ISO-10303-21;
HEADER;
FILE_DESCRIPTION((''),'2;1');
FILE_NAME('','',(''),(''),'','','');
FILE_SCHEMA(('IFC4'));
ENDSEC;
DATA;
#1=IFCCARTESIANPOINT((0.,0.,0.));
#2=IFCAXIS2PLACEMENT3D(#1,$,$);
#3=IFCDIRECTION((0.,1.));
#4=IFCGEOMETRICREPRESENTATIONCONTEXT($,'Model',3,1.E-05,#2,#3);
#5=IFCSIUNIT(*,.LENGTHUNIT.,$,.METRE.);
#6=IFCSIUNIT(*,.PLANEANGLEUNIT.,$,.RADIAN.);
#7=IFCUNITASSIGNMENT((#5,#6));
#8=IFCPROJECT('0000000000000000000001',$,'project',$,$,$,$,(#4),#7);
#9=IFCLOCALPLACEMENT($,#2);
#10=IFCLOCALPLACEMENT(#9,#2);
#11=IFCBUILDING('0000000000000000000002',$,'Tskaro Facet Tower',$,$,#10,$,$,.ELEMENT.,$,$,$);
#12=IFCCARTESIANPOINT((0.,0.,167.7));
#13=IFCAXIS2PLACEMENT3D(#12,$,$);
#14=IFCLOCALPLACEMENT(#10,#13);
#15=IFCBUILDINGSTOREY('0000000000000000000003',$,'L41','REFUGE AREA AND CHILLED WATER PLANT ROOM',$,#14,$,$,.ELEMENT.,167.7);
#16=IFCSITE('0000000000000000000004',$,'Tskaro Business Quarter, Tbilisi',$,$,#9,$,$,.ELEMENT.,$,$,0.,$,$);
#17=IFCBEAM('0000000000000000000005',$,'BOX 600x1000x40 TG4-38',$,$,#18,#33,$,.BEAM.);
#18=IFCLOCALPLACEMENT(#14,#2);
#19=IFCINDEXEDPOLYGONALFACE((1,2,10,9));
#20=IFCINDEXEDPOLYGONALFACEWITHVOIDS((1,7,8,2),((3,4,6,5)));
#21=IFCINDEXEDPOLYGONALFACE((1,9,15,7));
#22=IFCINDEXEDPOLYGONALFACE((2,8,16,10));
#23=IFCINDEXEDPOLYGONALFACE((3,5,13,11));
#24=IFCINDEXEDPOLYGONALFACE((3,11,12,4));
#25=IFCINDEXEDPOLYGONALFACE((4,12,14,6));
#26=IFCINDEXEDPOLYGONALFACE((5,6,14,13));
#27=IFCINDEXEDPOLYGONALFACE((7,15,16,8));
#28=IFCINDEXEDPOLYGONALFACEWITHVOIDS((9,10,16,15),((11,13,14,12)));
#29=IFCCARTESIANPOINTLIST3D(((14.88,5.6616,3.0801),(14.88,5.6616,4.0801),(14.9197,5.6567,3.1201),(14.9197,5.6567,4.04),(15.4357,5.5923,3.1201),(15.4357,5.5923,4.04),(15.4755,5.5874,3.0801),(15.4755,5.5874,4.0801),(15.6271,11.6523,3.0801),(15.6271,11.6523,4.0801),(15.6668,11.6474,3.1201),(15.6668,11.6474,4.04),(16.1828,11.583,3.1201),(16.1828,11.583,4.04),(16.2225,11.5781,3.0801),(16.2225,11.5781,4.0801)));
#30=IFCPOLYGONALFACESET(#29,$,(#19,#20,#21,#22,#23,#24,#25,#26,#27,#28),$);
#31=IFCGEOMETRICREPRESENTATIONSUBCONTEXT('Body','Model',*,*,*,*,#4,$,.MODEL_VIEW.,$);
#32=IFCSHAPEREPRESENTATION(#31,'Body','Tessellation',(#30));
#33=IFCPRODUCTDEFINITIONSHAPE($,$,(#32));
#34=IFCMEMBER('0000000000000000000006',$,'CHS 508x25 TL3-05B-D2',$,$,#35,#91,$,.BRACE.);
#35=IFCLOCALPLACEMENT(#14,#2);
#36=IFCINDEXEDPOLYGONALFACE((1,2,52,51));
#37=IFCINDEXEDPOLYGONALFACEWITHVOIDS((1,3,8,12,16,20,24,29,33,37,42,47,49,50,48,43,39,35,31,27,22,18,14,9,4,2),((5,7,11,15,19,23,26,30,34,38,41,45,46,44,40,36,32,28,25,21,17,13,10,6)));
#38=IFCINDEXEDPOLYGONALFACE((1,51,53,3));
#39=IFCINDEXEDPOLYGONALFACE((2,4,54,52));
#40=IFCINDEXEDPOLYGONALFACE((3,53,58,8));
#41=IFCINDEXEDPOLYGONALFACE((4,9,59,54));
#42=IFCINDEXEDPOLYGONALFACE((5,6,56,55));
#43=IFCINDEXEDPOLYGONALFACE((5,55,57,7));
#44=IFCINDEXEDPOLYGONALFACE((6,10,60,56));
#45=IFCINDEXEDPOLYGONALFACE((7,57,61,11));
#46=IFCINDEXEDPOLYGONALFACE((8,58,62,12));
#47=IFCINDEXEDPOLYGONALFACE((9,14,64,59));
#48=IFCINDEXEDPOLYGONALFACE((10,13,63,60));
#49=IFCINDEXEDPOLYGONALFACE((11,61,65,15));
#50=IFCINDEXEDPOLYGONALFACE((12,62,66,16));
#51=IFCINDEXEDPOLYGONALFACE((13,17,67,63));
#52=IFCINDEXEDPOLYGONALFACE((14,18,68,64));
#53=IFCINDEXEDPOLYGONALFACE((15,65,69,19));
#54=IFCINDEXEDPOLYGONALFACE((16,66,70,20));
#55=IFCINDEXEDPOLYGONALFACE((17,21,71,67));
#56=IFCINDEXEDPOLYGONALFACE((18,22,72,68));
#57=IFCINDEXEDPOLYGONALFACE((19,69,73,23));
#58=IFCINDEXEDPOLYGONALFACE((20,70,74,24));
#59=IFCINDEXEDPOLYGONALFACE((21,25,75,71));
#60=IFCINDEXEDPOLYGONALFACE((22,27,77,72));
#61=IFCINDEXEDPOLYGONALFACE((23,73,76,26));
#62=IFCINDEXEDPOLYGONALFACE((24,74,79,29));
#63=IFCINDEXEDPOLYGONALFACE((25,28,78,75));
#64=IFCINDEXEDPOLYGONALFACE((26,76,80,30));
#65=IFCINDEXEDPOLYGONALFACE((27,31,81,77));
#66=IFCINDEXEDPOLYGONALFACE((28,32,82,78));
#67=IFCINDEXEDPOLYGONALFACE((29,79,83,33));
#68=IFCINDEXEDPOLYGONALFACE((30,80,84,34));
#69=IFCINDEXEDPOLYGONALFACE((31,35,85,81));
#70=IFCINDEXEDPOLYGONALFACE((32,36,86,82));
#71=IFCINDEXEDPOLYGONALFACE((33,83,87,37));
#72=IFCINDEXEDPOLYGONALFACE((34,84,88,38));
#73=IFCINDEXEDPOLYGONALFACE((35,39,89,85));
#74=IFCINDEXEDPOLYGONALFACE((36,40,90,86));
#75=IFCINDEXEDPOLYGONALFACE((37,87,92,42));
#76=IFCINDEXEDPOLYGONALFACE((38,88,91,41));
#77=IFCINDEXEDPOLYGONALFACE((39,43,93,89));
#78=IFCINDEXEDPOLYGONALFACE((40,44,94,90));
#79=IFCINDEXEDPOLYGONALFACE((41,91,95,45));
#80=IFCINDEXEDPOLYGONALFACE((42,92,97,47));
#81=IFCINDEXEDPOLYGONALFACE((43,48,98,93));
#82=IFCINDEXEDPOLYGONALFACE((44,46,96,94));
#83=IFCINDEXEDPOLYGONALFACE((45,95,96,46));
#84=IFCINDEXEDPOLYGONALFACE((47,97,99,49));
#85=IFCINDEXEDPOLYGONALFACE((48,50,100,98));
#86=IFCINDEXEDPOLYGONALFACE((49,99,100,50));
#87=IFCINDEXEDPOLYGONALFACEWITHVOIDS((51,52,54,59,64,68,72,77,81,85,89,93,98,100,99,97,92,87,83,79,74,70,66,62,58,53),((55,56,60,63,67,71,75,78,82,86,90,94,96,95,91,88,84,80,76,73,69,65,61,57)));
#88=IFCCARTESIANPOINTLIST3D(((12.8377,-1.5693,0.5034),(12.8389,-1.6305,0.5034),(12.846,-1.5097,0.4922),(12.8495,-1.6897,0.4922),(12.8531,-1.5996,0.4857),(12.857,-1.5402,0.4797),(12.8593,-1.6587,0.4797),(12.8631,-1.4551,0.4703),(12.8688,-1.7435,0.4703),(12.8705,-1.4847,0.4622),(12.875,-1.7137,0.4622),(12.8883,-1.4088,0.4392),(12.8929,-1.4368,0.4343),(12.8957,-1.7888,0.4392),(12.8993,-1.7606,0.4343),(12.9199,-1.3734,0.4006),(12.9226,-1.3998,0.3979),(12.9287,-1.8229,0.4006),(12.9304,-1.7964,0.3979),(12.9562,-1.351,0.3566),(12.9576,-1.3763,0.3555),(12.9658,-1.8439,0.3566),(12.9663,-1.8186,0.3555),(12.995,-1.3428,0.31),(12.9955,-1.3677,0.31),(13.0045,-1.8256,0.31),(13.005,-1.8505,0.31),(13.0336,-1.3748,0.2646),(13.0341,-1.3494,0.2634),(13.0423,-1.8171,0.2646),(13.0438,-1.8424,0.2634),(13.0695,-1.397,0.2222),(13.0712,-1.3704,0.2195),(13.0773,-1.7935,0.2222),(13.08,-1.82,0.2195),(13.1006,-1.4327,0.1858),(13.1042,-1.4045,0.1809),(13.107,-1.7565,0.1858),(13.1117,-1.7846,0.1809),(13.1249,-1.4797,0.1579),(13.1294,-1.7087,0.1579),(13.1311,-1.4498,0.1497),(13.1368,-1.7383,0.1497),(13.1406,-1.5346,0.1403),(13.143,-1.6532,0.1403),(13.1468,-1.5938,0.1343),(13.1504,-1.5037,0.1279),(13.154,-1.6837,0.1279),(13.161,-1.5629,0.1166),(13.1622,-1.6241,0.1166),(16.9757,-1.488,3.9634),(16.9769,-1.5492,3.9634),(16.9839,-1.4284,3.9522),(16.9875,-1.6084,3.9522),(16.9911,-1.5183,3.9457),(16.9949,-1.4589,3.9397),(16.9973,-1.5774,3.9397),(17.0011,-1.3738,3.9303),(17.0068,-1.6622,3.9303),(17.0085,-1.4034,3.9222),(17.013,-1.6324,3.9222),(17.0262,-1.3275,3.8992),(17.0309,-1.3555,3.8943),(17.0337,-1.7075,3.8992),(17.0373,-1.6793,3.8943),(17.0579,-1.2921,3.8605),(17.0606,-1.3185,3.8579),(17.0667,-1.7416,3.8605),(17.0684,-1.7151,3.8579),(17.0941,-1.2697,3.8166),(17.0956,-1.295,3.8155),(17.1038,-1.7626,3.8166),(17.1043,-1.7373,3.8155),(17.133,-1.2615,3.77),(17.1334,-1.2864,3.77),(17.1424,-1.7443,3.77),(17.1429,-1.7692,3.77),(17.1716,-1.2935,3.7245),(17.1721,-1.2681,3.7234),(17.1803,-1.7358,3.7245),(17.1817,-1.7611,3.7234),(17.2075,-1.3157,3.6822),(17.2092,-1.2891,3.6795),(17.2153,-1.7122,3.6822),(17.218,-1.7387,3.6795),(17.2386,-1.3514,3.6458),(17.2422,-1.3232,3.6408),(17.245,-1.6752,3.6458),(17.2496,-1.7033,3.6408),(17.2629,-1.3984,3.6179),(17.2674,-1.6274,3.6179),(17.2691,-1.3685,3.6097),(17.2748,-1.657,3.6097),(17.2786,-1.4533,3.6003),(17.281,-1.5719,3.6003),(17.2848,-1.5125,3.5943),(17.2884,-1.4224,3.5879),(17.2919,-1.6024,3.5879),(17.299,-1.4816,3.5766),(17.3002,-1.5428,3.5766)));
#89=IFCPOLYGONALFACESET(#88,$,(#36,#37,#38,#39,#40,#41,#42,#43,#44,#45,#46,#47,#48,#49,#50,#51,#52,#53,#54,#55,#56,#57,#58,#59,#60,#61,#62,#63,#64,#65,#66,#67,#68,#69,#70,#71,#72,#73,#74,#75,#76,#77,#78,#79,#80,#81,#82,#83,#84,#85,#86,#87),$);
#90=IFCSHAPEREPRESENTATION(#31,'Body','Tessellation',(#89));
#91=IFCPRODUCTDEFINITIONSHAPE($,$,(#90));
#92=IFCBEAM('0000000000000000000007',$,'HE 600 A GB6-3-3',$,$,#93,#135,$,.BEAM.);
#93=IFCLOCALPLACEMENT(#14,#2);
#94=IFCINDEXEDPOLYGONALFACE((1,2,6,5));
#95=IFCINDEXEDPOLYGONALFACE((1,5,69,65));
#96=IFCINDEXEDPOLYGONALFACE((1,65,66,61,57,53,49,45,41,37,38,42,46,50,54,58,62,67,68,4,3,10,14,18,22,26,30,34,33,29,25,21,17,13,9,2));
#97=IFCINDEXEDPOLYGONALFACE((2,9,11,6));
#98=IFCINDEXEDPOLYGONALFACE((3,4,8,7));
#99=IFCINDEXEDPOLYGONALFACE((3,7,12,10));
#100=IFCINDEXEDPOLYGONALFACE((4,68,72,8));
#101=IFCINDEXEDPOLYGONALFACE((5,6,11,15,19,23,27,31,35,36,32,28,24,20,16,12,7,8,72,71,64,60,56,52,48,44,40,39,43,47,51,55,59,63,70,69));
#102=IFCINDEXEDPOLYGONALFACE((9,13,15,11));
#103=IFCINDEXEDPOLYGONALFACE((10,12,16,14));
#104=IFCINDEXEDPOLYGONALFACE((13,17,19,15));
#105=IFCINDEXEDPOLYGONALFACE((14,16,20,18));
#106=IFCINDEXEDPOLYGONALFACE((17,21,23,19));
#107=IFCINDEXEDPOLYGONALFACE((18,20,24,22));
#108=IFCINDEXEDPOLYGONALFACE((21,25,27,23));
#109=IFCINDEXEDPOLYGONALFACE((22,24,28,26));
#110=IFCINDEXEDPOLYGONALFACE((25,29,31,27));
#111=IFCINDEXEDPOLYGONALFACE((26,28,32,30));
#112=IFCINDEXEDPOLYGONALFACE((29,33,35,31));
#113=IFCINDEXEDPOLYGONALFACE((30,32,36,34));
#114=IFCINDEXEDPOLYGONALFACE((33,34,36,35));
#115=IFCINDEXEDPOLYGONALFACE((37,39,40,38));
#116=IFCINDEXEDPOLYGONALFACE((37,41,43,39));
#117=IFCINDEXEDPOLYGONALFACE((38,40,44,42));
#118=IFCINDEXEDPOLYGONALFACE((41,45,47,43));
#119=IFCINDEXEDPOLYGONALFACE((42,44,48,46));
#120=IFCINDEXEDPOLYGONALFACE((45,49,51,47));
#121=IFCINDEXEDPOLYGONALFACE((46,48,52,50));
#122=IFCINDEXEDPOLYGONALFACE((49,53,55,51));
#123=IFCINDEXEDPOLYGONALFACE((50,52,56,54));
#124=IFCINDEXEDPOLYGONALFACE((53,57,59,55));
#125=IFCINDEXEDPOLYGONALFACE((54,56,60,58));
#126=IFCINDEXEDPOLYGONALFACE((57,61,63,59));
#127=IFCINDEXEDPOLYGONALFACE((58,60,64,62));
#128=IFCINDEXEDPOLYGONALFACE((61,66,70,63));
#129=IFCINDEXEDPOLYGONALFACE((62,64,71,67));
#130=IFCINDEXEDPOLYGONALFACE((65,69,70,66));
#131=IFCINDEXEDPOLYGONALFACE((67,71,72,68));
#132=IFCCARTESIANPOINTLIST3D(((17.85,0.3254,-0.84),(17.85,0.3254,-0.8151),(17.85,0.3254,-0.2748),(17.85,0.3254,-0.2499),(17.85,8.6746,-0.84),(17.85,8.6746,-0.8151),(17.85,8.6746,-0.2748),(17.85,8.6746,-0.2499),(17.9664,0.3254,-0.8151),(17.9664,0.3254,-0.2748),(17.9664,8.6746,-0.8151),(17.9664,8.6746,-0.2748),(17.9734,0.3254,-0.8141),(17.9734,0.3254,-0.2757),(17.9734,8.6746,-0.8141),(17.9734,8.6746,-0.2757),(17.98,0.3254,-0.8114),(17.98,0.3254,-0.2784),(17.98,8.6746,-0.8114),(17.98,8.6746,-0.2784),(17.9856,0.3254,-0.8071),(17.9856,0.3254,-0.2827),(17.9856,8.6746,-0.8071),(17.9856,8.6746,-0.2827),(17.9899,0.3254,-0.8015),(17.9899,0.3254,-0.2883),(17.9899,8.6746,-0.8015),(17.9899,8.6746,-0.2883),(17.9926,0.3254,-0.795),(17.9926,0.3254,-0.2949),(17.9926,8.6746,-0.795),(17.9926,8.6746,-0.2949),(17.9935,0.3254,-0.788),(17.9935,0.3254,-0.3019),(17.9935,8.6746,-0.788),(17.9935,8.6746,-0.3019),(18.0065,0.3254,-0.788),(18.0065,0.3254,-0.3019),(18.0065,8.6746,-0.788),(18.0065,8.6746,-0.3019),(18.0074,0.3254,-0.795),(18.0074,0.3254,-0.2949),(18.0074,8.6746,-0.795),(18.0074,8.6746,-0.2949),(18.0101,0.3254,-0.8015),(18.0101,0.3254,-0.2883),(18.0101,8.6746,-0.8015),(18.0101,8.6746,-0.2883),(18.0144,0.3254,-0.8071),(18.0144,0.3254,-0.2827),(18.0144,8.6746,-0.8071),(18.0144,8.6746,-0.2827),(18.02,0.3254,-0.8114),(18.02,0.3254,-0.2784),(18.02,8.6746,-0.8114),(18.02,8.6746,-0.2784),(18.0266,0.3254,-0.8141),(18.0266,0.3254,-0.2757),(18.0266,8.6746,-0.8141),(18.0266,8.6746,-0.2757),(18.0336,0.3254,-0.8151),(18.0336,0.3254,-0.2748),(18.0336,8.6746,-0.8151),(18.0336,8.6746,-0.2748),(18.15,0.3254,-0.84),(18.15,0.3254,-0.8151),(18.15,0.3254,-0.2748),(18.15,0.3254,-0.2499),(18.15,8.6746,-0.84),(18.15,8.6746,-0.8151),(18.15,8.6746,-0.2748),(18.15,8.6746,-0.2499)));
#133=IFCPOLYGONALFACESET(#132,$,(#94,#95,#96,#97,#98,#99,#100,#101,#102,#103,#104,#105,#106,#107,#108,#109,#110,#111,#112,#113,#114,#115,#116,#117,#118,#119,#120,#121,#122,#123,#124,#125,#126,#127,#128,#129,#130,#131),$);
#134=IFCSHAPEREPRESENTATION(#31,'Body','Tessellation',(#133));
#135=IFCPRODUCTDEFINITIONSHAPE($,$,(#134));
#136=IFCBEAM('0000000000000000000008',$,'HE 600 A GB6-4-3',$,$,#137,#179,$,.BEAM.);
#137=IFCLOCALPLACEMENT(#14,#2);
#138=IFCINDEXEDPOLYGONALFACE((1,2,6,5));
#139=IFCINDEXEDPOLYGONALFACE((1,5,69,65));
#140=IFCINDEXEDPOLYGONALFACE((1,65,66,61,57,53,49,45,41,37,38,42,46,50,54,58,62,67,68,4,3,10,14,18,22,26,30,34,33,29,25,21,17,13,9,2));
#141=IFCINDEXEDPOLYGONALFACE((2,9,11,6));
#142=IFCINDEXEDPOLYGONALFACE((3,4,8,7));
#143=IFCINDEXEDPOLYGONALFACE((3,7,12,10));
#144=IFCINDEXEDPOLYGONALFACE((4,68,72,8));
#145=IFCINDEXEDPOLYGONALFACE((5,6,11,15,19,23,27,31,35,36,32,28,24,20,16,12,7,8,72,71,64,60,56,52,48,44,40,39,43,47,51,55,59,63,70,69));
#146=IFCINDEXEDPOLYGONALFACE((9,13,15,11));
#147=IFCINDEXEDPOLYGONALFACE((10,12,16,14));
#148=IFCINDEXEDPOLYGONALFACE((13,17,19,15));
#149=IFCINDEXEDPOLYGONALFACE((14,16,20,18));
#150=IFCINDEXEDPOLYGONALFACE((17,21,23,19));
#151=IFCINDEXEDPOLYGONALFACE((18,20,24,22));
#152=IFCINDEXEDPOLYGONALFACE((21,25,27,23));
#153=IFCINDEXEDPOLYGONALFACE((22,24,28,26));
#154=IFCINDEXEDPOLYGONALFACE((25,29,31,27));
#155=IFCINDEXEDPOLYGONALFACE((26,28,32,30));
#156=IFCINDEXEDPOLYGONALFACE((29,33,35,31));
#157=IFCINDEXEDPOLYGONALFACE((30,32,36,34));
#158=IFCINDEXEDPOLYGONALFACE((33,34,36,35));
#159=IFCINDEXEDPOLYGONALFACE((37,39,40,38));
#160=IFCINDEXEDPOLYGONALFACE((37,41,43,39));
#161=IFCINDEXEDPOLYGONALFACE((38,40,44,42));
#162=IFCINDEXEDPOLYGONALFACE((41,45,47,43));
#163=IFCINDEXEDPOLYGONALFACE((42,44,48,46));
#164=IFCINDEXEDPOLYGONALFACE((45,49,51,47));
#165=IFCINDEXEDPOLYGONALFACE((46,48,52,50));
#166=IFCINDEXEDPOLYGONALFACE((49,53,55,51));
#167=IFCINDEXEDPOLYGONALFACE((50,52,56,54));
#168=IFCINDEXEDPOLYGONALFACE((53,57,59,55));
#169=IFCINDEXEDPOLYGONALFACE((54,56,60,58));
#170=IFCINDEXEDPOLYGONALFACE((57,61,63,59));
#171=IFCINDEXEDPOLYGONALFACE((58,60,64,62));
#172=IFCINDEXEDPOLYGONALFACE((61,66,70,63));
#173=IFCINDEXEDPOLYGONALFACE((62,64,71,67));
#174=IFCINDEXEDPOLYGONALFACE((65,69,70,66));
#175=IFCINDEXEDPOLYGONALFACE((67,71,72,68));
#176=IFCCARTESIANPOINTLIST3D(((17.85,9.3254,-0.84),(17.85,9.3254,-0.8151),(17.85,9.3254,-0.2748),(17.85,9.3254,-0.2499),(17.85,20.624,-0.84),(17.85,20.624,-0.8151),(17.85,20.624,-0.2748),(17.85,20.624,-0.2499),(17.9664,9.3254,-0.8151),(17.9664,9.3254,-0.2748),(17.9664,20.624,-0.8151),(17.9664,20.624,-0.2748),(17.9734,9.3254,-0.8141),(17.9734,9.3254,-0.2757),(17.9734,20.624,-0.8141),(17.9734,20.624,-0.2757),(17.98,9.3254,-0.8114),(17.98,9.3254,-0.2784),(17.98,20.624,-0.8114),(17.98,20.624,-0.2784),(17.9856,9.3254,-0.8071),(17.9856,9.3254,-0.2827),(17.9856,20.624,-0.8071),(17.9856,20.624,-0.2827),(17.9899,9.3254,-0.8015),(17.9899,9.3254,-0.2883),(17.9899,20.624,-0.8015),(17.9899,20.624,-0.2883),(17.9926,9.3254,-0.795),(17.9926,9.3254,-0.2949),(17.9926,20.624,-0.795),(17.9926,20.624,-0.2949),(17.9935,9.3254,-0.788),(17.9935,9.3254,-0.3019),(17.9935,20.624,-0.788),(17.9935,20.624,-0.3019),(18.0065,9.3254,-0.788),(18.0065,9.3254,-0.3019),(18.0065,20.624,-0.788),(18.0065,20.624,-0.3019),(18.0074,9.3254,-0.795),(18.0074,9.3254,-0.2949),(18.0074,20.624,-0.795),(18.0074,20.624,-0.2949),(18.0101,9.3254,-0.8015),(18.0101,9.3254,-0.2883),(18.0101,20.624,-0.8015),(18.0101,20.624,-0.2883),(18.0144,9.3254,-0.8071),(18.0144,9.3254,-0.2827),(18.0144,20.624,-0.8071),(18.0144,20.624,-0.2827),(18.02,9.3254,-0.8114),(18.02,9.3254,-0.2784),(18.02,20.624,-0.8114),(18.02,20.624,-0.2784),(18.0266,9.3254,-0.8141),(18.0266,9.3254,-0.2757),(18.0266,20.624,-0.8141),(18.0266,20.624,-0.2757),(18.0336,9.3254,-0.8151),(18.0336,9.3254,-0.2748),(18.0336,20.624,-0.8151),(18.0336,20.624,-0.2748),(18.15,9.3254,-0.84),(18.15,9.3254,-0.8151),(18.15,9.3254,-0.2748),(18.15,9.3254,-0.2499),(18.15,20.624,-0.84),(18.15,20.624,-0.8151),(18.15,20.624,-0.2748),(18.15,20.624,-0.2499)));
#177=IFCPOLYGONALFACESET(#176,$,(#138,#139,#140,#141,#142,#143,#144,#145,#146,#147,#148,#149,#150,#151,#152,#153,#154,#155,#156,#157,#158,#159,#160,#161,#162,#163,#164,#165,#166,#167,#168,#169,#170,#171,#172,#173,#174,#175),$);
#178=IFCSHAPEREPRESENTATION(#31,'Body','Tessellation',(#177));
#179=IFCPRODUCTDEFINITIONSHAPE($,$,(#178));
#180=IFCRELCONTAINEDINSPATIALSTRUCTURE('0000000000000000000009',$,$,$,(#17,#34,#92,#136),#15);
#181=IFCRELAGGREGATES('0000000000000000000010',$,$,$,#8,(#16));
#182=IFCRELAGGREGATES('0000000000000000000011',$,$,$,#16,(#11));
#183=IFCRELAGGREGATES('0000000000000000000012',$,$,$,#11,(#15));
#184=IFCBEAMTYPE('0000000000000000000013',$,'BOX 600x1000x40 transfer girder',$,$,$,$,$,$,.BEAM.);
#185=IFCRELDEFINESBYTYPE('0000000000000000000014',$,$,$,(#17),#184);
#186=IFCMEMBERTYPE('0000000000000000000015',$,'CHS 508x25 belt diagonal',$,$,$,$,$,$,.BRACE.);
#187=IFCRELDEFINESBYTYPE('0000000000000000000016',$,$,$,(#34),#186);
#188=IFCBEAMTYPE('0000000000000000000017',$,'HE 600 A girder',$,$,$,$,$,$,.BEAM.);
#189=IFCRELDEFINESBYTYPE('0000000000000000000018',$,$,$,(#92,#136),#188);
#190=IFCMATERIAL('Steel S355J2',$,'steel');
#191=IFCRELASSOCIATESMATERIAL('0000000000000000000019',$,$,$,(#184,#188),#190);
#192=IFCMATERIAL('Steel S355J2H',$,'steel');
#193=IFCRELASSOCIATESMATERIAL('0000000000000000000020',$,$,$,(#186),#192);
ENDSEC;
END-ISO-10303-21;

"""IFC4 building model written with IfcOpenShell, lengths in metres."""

from ifc_helpers import new_model, si_unit, direction, frame, origin, origin_2d, place, context, subcontext, project, spatial, hollow_rectangle, hollow_circle, i_section, extrude, material, material_profile, profile_set, type_object, element, save


model = new_model("IFC4")

# Units and contexts
model_context = context("Model", 3, precision=1e-05, world=origin(), true_north=direction((0.0, 1.0)))
body_context = subcontext(model_context, "Body", "Model", "MODEL_VIEW")
ifc_project = project(units=[si_unit("LENGTHUNIT", "METRE"), si_unit("PLANEANGLEUNIT", "RADIAN")], contexts=[model_context])

# Site, building, storey
site_placement = place(None, origin())
site = spatial("IfcSite", under=ifc_project, at=site_placement, Name="Tskaro Business Quarter, Tbilisi", CompositionType="ELEMENT", RefElevation=0.0)
building_placement = place(site_placement, origin())
building = spatial("IfcBuilding", under=site, at=building_placement, Name="Tskaro Facet Tower", CompositionType="ELEMENT")
storey_placement = place(building_placement, frame((0.0, 0.0, 167.7)))
storey = spatial("IfcBuildingStorey", under=building, at=storey_placement, Name="L41", Description="REFUGE AREA AND CHILLED WATER PLANT ROOM", CompositionType="ELEMENT", Elevation=167.7)

# Shared definitions
ifc_material_1 = material(Name="Steel S355J2H", Category="steel")

# Beam
ifc_material_2 = material(Name="Steel S355J2", Category="steel")
ifc_material_profile_1 = material_profile(ifc_material_2, hollow_rectangle(XDim=0.6001, YDim=1.0, WallThickness=0.04, at=origin_2d()), Name="BOX 600x1000x40")
ifc_profile_set_1 = profile_set([ifc_material_profile_1], Name="Steel S355J2")
beam_type_1 = type_object("IfcBeamType", Name="BOX 600x1000x40 transfer girder", PredefinedType="BEAM", material=ifc_profile_set_1)
beam_1_placement = place(storey_placement, frame((15.1777, 5.6245, 3.5801), z_axis=(0.123746, 0.992314, 0.0), x_axis=(-0.992314, 0.123746, 0.0)))
element("IfcBeam", 1, at=beam_1_placement, inside=storey, type_object=beam_type_1, Name="BOX 600x1000x40 TG4-38", PredefinedType="BEAM", context=body_context, shape_type="SweptSolid", body=[
    extrude(hollow_rectangle(XDim=0.6001, YDim=1.0, WallThickness=0.04, at=origin_2d()), origin(), (0.0, 0.0, 1.0), 6.0371),
])

# Member
ifc_material_profile_2 = material_profile(ifc_material_1, hollow_circle(Radius=0.2539, WallThickness=0.0249, at=origin_2d()), Name="CHS 508x25")
ifc_profile_set_2 = profile_set([ifc_material_profile_2], Name="Steel S355J2H")
member_type_1 = type_object("IfcMemberType", Name="CHS 508x25 belt diagonal", PredefinedType="BRACE", material=ifc_profile_set_2)
member_1_placement = place(storey_placement, frame((17.1379, -1.5154, 3.77), z_axis=(-0.767068, -0.015071, -0.641388), x_axis=(0.019643, -0.999807, 0.0)))
element("IfcMember", 2, at=member_1_placement, inside=storey, type_object=member_type_1, Name="CHS 508x25 TL3-05B-D2", PredefinedType="BRACE", context=body_context, shape_type="SweptSolid", body=[
    extrude(hollow_circle(Radius=0.2539, WallThickness=0.0249, at=origin_2d()), origin(), (0.0, 0.0, 1.0), 5.3945),
])

# Beams
ifc_material_profile_3 = material_profile(ifc_material_2, i_section(OverallWidth=0.3, OverallDepth=0.5901, WebThickness=0.0129, FlangeThickness=0.0249, FilletRadius=0.0271, at=origin_2d()), Name="HE 600 A")
ifc_profile_set_3 = profile_set([ifc_material_profile_3], Name="Steel S355J2")
beam_type_2 = type_object("IfcBeamType", Name="HE 600 A girder", PredefinedType="BEAM", material=ifc_profile_set_3)
beam_2_placement = place(storey_placement, frame((18.0, 0.3254, -0.5449), z_axis=(0.0, 1.0, 0.0), x_axis=(-1.0, 0.0, 0.0)))
element("IfcBeam", 3, at=beam_2_placement, inside=storey, type_object=beam_type_2, Name="HE 600 A GB6-3-3", PredefinedType="BEAM", context=body_context, shape_type="SweptSolid", body=[
    extrude(i_section(OverallWidth=0.3, OverallDepth=0.5901, WebThickness=0.0129, FlangeThickness=0.0249, FilletRadius=0.0271, at=origin_2d()), origin(), (0.0, 0.0, 1.0), 8.3491),
])
beam_3_placement = place(storey_placement, frame((18.0, 9.3254, -0.5449), z_axis=(0.0, 1.0, 0.0), x_axis=(-1.0, 0.0, 0.0)))
element("IfcBeam", 4, at=beam_3_placement, inside=storey, type_object=beam_type_2, Name="HE 600 A GB6-4-3", PredefinedType="BEAM", context=body_context, shape_type="SweptSolid", body=[
    extrude(i_section(OverallWidth=0.3, OverallDepth=0.5901, WebThickness=0.0129, FlangeThickness=0.0249, FilletRadius=0.0271, at=origin_2d()), origin(), (0.0, 0.0, 1.0), 11.2986),
])

save(model, "model.ifc")
